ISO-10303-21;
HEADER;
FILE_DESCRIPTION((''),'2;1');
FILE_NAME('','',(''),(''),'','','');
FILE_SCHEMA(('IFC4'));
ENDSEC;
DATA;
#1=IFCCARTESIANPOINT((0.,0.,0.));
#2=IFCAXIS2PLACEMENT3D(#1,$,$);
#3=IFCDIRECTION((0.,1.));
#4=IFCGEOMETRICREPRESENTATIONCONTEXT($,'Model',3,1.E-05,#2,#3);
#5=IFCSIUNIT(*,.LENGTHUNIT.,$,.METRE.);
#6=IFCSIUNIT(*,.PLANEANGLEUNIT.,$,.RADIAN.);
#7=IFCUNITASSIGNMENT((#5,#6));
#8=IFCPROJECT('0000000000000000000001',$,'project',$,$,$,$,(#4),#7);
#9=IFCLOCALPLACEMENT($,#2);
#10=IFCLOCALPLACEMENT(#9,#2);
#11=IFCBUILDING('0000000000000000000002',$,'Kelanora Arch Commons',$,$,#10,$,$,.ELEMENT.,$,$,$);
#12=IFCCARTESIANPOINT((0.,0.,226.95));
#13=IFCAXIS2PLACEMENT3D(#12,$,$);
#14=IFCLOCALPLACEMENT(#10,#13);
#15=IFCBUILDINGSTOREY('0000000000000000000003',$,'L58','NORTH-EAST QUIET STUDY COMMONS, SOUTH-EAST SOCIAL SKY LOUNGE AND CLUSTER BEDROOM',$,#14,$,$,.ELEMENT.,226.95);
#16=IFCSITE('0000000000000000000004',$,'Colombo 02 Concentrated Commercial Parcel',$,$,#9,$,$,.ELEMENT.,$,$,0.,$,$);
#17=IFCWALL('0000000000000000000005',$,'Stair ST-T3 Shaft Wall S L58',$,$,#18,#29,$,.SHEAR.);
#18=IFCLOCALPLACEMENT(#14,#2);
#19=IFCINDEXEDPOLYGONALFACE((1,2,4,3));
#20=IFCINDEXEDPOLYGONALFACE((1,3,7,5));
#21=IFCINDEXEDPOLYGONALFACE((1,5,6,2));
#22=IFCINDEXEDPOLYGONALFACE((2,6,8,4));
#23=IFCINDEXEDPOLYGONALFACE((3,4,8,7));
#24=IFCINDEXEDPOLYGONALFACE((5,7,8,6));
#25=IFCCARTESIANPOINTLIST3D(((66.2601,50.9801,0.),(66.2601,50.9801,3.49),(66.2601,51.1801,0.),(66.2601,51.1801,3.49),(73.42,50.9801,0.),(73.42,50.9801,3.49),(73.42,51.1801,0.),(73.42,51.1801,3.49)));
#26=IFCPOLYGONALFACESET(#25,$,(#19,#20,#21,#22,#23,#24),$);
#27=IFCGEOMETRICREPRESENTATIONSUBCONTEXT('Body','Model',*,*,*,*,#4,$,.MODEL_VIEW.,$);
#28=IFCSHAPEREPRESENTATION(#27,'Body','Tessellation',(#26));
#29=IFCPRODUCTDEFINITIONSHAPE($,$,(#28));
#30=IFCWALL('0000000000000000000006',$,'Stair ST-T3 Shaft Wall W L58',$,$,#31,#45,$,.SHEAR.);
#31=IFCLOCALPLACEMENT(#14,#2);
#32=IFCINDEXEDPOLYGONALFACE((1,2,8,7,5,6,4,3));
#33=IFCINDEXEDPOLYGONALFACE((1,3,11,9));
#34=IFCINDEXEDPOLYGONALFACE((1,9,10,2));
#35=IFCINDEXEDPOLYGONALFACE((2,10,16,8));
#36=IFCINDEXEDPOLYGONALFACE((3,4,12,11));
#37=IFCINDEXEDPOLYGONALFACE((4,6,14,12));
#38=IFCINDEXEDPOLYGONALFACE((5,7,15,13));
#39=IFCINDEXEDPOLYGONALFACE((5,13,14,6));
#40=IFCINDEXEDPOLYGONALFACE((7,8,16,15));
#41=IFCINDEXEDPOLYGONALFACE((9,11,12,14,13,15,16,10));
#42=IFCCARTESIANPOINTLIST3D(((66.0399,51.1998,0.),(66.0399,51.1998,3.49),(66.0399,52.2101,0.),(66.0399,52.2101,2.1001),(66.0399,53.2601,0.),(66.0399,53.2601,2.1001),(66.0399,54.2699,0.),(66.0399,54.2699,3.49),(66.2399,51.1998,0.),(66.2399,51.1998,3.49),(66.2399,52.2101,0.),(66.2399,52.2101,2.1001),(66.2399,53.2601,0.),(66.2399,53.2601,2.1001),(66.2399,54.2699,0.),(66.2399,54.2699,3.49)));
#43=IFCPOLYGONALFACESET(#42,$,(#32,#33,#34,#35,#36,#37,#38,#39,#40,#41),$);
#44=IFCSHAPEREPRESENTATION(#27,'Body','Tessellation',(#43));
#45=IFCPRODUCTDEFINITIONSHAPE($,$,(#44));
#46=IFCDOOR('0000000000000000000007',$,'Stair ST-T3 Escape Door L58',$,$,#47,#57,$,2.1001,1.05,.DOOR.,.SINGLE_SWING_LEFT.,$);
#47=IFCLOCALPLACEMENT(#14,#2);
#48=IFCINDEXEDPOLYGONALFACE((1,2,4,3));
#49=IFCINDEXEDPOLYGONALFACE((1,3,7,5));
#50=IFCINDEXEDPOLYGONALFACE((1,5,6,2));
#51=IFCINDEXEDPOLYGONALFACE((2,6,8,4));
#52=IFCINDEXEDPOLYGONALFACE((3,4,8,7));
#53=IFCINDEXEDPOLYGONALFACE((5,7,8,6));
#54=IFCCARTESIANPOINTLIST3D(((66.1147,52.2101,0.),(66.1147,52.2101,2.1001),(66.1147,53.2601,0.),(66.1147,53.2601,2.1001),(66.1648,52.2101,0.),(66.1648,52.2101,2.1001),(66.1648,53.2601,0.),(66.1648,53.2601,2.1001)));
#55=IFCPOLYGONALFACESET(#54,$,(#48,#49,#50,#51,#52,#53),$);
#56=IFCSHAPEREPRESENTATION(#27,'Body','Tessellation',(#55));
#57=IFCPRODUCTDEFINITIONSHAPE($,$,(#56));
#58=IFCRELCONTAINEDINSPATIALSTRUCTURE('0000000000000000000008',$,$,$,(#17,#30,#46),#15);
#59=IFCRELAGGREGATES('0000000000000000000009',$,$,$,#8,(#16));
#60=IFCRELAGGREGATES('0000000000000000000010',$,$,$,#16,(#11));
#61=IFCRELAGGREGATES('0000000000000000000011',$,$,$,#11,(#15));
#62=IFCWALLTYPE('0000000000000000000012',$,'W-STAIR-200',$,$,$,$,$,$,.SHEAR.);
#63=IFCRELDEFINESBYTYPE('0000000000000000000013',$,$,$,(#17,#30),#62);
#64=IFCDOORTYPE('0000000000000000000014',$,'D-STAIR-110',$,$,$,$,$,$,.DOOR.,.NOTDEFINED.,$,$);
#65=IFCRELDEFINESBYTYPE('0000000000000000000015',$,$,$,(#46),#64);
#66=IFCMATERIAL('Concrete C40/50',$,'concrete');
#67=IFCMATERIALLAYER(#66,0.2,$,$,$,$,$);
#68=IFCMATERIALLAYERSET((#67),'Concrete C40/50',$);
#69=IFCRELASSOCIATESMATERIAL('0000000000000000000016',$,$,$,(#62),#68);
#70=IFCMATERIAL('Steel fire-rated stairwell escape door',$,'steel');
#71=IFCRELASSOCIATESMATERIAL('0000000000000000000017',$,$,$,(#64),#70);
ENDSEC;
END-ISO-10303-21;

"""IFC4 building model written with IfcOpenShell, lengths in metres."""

from ifc_helpers import new_model, si_unit, direction, frame, frame_2d, origin, place, context, subcontext, project, spatial, rectangle, extrude, material, layer, layer_set, type_object, element, fill, save


model = new_model("IFC4")

# Units and contexts
model_context = context("Model", 3, precision=1e-05, world=origin(), true_north=direction((0.0, 1.0)))
body_context = subcontext(model_context, "Body", "Model", "MODEL_VIEW")
ifc_project = project(units=[si_unit("LENGTHUNIT", "METRE"), si_unit("PLANEANGLEUNIT", "RADIAN")], contexts=[model_context])

# Site, building, storey
site_placement = place(None, origin())
site = spatial("IfcSite", under=ifc_project, at=site_placement, Name="Colombo 02 Concentrated Commercial Parcel", CompositionType="ELEMENT", RefElevation=0.0)
building_placement = place(site_placement, origin())
building = spatial("IfcBuilding", under=site, at=building_placement, Name="Kelanora Arch Commons", CompositionType="ELEMENT")
storey_placement = place(building_placement, frame((0.0, 0.0, 226.95)))
storey = spatial("IfcBuildingStorey", under=building, at=storey_placement, Name="L58", Description="NORTH-EAST QUIET STUDY COMMONS, SOUTH-EAST SOCIAL SKY LOUNGE AND CLUSTER BEDROOM", CompositionType="ELEMENT", Elevation=226.95)

# Wall
ifc_material_1 = material(Name="Concrete C40/50", Category="concrete")
ifc_layer_1 = layer(ifc_material_1, 0.2)
ifc_layer_set_1 = layer_set([ifc_layer_1], Name="Concrete C40/50")
wall_type_1 = type_object("IfcWallType", Name="W-STAIR-200", PredefinedType="SHEAR", material=ifc_layer_set_1)
for number, where, z_axis, x_axis, name in (
    (1, (66.26, 51.0801, 0.0), (0.0, 0.0, 1.0), (1.0, 0.0, 0.0), "Stair ST-T3 Shaft Wall S L58"),
):
    element("IfcWall", number, at=place(storey_placement, frame(where, z_axis=z_axis, x_axis=x_axis)), inside=storey, type_object=wall_type_1, Name=name, PredefinedType="SHEAR", context=body_context, shape_type="SweptSolid", body=[
        extrude(rectangle(XDim=7.1599, YDim=0.2, at=frame_2d((3.5801, 0.0))), origin(), (0.0, 0.0, 1.0), 3.49),
    ])

# Wall, opening, door
wall_1_placement = place(storey_placement, frame((66.1399, 54.27, 0.0), z_axis=(0.0, 0.0, 1.0), x_axis=(0.0, -1.0, 0.0)))
wall_1 = element("IfcWall", 2, at=wall_1_placement, inside=storey, type_object=wall_type_1, Name="Stair ST-T3 Shaft Wall W L58", PredefinedType="SHEAR", context=body_context, shape_type="SweptSolid", body=[
    extrude(rectangle(XDim=3.0701, YDim=0.2, at=frame_2d((1.5352, 0.0))), origin(), (0.0, 0.0, 1.0), 3.49),
])
opening_1_placement = place(wall_1_placement, frame((1.01, 0.0, 0.0)))
opening_1 = element("IfcOpeningElement", 3, at=opening_1_placement, cuts=wall_1, PredefinedType="OPENING", context=body_context, shape_type="SweptSolid", body=[
    extrude(rectangle(XDim=1.05, YDim=2.1001, at=frame_2d((0.5249, 1.05))), frame((0.0, 0.1099, 0.0), z_axis=(0.0, -1.0, 0.0), x_axis=(1.0, 0.0, 0.0)), (0.0, 0.0, 1.0), 0.22),
])
ifc_material_2 = material(Name="Steel fire-rated stairwell escape door", Category="steel")
door_type_1 = type_object("IfcDoorType", Name="D-STAIR-110", OperationType="NOTDEFINED", PredefinedType="DOOR", material=ifc_material_2)
door_1_placement = place(opening_1_placement, origin())
door_1 = element("IfcDoor", 4, at=door_1_placement, inside=storey, type_object=door_type_1, Name="Stair ST-T3 Escape Door L58", OperationType="SINGLE_SWING_LEFT", OverallHeight=2.1001, OverallWidth=1.05, PredefinedType="DOOR", context=body_context, shape_type="SweptSolid", body=[
    extrude(rectangle(XDim=1.05, YDim=2.1001, at=frame_2d((0.5249, 1.05))), frame((0.0, 0.0249, 0.0), z_axis=(0.0, -1.0, 0.0), x_axis=(1.0, 0.0, 0.0)), (0.0, 0.0, 1.0), 0.05),
])
fill(opening_1, door_1)

save(model, "model.ifc")
